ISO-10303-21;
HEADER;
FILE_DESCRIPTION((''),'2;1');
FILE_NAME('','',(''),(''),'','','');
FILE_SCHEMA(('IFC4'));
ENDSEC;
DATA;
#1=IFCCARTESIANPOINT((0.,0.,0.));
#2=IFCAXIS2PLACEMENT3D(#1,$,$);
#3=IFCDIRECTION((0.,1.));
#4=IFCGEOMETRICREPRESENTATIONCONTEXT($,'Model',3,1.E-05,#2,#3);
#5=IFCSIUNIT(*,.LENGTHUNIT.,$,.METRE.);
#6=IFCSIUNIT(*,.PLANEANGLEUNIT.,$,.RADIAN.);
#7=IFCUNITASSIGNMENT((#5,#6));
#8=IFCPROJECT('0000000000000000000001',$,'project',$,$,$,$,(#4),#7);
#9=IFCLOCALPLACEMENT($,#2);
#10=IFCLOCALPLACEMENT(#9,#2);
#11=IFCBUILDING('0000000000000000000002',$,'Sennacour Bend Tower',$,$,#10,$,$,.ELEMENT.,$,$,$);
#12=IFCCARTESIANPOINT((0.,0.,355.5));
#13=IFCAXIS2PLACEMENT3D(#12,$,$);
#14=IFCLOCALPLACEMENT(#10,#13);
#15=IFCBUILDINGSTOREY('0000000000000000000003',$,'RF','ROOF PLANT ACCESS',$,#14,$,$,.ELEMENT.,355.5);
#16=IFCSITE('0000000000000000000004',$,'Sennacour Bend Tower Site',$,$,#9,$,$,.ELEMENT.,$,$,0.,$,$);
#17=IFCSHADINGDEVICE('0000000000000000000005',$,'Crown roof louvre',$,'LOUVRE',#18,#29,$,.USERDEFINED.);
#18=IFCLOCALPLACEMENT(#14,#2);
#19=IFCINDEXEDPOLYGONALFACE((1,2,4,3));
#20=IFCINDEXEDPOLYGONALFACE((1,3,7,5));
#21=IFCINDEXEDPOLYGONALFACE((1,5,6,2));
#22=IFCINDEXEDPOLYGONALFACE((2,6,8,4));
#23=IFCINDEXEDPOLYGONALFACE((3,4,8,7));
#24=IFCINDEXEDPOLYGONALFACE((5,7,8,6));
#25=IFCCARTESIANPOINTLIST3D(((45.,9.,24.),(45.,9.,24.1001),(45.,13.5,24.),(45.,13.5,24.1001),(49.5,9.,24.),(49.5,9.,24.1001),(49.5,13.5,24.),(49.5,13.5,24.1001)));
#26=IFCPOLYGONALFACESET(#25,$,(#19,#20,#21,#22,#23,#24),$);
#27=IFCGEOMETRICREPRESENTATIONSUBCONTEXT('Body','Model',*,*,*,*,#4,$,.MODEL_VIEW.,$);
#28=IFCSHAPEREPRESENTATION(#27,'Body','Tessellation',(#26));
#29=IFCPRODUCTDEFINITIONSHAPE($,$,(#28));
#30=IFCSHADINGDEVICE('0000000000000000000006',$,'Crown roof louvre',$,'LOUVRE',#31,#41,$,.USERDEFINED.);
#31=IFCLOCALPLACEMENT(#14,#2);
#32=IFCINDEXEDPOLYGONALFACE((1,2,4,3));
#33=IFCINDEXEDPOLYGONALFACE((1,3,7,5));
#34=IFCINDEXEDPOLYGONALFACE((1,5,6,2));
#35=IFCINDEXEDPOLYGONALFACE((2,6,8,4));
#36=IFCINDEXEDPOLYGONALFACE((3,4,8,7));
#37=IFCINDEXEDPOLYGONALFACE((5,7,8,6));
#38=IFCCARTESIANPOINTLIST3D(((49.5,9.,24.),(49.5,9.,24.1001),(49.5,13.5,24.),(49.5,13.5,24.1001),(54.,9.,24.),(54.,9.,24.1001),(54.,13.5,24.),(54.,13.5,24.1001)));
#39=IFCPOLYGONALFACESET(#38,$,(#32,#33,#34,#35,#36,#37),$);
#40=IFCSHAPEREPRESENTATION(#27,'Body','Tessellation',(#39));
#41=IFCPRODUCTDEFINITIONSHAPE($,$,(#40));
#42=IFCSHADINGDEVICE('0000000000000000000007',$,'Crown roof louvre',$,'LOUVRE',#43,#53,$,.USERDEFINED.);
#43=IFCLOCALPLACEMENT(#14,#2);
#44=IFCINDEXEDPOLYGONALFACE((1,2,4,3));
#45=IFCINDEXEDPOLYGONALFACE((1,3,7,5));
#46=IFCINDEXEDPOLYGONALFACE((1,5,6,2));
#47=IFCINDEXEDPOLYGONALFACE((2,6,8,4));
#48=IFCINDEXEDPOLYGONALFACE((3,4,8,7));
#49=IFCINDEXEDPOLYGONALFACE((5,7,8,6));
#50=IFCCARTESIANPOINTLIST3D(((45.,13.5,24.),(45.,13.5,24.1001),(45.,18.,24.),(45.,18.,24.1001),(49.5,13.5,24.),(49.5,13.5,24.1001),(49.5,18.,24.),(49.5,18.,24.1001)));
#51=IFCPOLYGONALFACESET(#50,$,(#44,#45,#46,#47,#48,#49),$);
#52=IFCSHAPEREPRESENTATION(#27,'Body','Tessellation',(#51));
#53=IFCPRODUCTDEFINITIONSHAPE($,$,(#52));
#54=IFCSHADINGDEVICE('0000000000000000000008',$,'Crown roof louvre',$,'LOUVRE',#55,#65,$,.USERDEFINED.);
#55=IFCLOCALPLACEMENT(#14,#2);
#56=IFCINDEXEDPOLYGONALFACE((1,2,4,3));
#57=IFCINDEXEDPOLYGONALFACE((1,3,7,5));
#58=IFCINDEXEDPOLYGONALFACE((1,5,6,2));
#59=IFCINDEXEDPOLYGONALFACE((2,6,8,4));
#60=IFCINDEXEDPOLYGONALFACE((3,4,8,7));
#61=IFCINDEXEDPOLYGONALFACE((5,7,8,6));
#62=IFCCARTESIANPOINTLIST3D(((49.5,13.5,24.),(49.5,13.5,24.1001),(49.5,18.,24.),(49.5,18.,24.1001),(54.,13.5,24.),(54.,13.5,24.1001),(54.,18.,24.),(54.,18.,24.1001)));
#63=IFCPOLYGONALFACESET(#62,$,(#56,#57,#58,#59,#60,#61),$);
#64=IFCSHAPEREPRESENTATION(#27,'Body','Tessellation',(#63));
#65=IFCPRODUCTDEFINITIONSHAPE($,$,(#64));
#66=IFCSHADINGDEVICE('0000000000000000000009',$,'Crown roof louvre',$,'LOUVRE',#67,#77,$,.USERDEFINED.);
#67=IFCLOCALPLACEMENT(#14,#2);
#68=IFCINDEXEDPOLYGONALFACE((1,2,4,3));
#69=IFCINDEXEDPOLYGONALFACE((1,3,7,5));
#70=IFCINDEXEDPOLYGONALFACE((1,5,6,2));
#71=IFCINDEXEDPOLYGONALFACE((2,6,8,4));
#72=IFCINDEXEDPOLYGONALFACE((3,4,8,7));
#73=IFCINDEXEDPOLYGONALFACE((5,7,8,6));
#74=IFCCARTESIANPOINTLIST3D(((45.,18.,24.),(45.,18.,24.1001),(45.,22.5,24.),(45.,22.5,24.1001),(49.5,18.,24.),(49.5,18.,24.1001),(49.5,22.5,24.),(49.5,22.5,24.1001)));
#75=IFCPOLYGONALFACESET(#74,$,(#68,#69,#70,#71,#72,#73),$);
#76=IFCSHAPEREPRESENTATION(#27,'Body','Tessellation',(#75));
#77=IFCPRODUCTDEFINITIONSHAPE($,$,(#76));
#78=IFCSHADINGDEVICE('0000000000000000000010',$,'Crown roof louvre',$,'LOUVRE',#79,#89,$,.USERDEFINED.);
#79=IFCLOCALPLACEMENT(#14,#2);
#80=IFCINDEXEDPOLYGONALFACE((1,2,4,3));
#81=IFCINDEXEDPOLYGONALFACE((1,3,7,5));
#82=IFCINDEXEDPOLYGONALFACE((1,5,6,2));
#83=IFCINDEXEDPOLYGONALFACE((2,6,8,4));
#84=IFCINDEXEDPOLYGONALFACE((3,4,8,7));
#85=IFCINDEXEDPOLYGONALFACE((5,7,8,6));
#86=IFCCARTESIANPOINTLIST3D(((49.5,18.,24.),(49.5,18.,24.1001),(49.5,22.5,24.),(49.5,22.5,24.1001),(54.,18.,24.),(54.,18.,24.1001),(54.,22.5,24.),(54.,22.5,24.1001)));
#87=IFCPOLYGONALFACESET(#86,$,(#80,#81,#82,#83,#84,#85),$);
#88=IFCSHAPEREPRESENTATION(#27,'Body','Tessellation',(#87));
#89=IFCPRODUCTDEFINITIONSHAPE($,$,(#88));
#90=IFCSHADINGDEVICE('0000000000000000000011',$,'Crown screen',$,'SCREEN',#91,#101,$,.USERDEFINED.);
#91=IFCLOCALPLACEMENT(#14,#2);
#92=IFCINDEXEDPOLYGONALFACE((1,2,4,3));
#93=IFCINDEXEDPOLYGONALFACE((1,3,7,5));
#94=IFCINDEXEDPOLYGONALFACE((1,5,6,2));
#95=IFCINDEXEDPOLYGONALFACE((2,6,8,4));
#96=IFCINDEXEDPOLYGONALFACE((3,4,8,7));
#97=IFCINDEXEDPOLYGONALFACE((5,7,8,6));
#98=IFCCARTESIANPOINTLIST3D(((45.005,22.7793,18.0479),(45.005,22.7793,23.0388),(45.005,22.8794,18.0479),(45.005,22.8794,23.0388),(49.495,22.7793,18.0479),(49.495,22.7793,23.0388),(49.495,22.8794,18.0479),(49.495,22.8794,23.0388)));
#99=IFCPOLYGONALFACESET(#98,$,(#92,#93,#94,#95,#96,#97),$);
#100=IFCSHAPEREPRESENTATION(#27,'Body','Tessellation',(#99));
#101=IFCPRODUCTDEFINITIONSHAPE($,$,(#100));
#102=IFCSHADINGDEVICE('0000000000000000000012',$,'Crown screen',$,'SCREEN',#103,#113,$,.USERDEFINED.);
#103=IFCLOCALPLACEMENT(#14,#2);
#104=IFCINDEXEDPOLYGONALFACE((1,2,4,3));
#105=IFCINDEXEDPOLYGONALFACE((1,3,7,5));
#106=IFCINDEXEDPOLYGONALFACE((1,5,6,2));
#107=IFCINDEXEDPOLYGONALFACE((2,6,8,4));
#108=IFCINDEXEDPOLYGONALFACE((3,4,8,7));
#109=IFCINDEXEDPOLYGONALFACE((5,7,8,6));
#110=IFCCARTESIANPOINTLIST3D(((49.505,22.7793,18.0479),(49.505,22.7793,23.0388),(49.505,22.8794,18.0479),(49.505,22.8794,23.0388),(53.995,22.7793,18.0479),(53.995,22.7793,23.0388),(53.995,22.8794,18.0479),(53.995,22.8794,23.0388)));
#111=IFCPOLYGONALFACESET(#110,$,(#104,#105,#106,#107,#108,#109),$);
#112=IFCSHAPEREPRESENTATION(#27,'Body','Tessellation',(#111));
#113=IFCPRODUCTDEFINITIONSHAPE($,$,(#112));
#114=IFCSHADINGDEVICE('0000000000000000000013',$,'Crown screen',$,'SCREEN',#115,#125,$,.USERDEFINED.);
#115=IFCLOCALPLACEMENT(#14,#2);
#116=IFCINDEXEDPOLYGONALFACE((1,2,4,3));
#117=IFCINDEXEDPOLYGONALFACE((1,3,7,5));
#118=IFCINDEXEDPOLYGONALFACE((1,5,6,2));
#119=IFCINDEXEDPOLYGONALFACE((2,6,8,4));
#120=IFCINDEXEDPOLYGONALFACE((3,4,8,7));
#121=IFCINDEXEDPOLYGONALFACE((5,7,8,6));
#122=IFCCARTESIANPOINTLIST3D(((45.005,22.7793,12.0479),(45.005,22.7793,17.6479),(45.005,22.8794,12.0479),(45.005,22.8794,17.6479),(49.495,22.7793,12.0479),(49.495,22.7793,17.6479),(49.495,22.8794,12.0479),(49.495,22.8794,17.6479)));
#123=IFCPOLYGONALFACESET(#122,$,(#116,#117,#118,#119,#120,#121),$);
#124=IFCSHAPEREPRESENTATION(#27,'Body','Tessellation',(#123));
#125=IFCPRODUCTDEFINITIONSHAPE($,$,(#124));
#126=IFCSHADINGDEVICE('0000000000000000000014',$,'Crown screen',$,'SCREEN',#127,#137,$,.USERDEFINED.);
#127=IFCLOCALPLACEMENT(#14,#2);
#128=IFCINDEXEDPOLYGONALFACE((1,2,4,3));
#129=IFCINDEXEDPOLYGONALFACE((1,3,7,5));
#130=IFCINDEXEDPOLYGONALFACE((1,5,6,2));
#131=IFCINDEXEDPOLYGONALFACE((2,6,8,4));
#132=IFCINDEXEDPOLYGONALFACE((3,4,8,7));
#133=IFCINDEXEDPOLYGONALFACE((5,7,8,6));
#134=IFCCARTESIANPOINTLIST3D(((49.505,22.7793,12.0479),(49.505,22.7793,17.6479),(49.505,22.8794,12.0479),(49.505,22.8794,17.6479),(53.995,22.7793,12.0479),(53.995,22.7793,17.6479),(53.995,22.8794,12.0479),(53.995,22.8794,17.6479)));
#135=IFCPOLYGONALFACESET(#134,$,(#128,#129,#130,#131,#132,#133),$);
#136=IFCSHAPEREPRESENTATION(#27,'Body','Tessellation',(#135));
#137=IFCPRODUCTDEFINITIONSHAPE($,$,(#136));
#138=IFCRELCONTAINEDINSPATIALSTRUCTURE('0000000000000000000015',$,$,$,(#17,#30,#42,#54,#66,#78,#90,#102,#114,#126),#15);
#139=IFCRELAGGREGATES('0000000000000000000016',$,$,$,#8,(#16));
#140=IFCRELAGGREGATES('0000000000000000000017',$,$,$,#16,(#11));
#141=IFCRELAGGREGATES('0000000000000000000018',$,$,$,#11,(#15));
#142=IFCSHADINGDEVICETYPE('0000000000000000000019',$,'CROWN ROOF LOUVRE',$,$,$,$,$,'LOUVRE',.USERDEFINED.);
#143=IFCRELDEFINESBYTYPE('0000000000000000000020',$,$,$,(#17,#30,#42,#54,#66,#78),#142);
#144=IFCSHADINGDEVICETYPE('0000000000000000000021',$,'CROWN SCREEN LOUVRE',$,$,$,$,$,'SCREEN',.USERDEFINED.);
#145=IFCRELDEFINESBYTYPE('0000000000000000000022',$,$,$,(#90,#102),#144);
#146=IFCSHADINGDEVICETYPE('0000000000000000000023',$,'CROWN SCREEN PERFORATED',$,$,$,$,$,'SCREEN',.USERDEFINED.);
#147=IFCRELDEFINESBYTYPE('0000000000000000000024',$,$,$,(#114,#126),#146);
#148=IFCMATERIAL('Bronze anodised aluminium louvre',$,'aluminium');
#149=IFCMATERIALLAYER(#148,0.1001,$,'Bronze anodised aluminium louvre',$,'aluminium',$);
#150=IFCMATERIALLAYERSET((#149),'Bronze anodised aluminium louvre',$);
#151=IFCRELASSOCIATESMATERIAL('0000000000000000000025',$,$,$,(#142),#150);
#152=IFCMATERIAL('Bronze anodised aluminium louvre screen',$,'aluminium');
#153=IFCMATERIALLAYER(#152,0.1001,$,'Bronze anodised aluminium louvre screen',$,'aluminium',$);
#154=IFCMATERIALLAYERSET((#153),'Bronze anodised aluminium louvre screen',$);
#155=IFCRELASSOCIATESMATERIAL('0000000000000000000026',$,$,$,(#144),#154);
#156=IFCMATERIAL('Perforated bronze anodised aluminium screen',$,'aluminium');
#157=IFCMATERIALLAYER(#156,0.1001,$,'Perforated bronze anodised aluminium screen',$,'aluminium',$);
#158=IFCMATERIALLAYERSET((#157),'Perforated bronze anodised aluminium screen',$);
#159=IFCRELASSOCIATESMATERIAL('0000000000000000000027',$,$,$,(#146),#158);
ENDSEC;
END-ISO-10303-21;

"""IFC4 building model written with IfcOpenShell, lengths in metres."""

from ifc_helpers import new_model, si_unit, direction, frame, origin, origin_2d, place, context, subcontext, project, spatial, rectangle, extrude, material, layer, layer_set, type_object, element, save


model = new_model("IFC4")

# Units and contexts
model_context = context("Model", 3, precision=1e-05, world=origin(), true_north=direction((0.0, 1.0)))
body_context = subcontext(model_context, "Body", "Model", "MODEL_VIEW")
ifc_project = project(units=[si_unit("LENGTHUNIT", "METRE"), si_unit("PLANEANGLEUNIT", "RADIAN")], contexts=[model_context])

# Site, building, storey
site_placement = place(None, origin())
site = spatial("IfcSite", under=ifc_project, at=site_placement, Name="Sennacour Bend Tower Site", CompositionType="ELEMENT", RefElevation=0.0)
building_placement = place(site_placement, origin())
building = spatial("IfcBuilding", under=site, at=building_placement, Name="Sennacour Bend Tower", CompositionType="ELEMENT")
storey_placement = place(building_placement, frame((0.0, 0.0, 355.5)))
storey = spatial("IfcBuildingStorey", under=building, at=storey_placement, Name="RF", Description="ROOF PLANT ACCESS", CompositionType="ELEMENT", Elevation=355.5)

# Shading devices
ifc_material_1 = material(Name="Bronze anodised aluminium louvre", Category="aluminium")
ifc_layer_1 = layer(ifc_material_1, 0.1001, Name="Bronze anodised aluminium louvre", Category="aluminium")
ifc_layer_set_1 = layer_set([ifc_layer_1], Name="Bronze anodised aluminium louvre")
shading_device_type_1 = type_object("IfcShadingDeviceType", Name="CROWN ROOF LOUVRE", ElementType="LOUVRE", PredefinedType="USERDEFINED", material=ifc_layer_set_1)
for number, where, z_axis, x_axis, name in (
    (1, (47.25, 11.25, 24.0), (0.0, 0.0, 1.0), (1.0, 0.0, 0.0), "Crown roof louvre"),
    (2, (51.75, 11.25, 24.0), (0.0, 0.0, 1.0), (1.0, 0.0, 0.0), "Crown roof louvre"),
    (3, (47.25, 15.75, 24.0), (0.0, 0.0, 1.0), (1.0, 0.0, 0.0), "Crown roof louvre"),
    (4, (51.75, 15.75, 24.0), (0.0, 0.0, 1.0), (1.0, 0.0, 0.0), "Crown roof louvre"),
    (5, (47.25, 20.25, 24.0), (0.0, 0.0, 1.0), (1.0, 0.0, 0.0), "Crown roof louvre"),
    (6, (51.75, 20.25, 24.0), (0.0, 0.0, 1.0), (1.0, 0.0, 0.0), "Crown roof louvre"),
):
    element("IfcShadingDevice", number, at=place(storey_placement, frame(where, z_axis=z_axis, x_axis=x_axis)), inside=storey, type_object=shading_device_type_1, Name=name, ObjectType="LOUVRE", PredefinedType="USERDEFINED", context=body_context, shape_type="SweptSolid", body=[
        extrude(rectangle(XDim=4.5, YDim=4.5, at=origin_2d()), origin(), (0.0, 0.0, 1.0), 0.1001),
    ])
ifc_material_2 = material(Name="Bronze anodised aluminium louvre screen", Category="aluminium")
ifc_layer_2 = layer(ifc_material_2, 0.1001, Name="Bronze anodised aluminium louvre screen", Category="aluminium")
ifc_layer_set_2 = layer_set([ifc_layer_2], Name="Bronze anodised aluminium louvre screen")
shading_device_type_2 = type_object("IfcShadingDeviceType", Name="CROWN SCREEN LOUVRE", ElementType="SCREEN", PredefinedType="USERDEFINED", material=ifc_layer_set_2)
for number, where, z_axis, x_axis, name in (
    (7, (47.25, 22.8293, 18.0479), (0.0, 0.0, 1.0), (1.0, 0.0, 0.0), "Crown screen"),
    (8, (51.75, 22.8293, 18.0479), (0.0, 0.0, 1.0), (1.0, 0.0, 0.0), "Crown screen"),
):
    element("IfcShadingDevice", number, at=place(storey_placement, frame(where, z_axis=z_axis, x_axis=x_axis)), inside=storey, type_object=shading_device_type_2, Name=name, ObjectType="SCREEN", PredefinedType="USERDEFINED", context=body_context, shape_type="SweptSolid", body=[
        extrude(rectangle(XDim=4.49, YDim=0.1001, at=origin_2d()), origin(), (0.0, 0.0, 1.0), 4.991),
    ])
ifc_material_3 = material(Name="Perforated bronze anodised aluminium screen", Category="aluminium")
ifc_layer_3 = layer(ifc_material_3, 0.1001, Name="Perforated bronze anodised aluminium screen", Category="aluminium")
ifc_layer_set_3 = layer_set([ifc_layer_3], Name="Perforated bronze anodised aluminium screen")
shading_device_type_3 = type_object("IfcShadingDeviceType", Name="CROWN SCREEN PERFORATED", ElementType="SCREEN", PredefinedType="USERDEFINED", material=ifc_layer_set_3)
for number, where, z_axis, x_axis, name in (
    (9, (47.25, 22.8293, 12.0479), (0.0, 0.0, 1.0), (1.0, 0.0, 0.0), "Crown screen"),
    (10, (51.75, 22.8293, 12.0479), (0.0, 0.0, 1.0), (1.0, 0.0, 0.0), "Crown screen"),
):
    element("IfcShadingDevice", number, at=place(storey_placement, frame(where, z_axis=z_axis, x_axis=x_axis)), inside=storey, type_object=shading_device_type_3, Name=name, ObjectType="SCREEN", PredefinedType="USERDEFINED", context=body_context, shape_type="SweptSolid", body=[
        extrude(rectangle(XDim=4.49, YDim=0.1001, at=origin_2d()), origin(), (0.0, 0.0, 1.0), 5.6001),
    ])

save(model, "model.ifc")
